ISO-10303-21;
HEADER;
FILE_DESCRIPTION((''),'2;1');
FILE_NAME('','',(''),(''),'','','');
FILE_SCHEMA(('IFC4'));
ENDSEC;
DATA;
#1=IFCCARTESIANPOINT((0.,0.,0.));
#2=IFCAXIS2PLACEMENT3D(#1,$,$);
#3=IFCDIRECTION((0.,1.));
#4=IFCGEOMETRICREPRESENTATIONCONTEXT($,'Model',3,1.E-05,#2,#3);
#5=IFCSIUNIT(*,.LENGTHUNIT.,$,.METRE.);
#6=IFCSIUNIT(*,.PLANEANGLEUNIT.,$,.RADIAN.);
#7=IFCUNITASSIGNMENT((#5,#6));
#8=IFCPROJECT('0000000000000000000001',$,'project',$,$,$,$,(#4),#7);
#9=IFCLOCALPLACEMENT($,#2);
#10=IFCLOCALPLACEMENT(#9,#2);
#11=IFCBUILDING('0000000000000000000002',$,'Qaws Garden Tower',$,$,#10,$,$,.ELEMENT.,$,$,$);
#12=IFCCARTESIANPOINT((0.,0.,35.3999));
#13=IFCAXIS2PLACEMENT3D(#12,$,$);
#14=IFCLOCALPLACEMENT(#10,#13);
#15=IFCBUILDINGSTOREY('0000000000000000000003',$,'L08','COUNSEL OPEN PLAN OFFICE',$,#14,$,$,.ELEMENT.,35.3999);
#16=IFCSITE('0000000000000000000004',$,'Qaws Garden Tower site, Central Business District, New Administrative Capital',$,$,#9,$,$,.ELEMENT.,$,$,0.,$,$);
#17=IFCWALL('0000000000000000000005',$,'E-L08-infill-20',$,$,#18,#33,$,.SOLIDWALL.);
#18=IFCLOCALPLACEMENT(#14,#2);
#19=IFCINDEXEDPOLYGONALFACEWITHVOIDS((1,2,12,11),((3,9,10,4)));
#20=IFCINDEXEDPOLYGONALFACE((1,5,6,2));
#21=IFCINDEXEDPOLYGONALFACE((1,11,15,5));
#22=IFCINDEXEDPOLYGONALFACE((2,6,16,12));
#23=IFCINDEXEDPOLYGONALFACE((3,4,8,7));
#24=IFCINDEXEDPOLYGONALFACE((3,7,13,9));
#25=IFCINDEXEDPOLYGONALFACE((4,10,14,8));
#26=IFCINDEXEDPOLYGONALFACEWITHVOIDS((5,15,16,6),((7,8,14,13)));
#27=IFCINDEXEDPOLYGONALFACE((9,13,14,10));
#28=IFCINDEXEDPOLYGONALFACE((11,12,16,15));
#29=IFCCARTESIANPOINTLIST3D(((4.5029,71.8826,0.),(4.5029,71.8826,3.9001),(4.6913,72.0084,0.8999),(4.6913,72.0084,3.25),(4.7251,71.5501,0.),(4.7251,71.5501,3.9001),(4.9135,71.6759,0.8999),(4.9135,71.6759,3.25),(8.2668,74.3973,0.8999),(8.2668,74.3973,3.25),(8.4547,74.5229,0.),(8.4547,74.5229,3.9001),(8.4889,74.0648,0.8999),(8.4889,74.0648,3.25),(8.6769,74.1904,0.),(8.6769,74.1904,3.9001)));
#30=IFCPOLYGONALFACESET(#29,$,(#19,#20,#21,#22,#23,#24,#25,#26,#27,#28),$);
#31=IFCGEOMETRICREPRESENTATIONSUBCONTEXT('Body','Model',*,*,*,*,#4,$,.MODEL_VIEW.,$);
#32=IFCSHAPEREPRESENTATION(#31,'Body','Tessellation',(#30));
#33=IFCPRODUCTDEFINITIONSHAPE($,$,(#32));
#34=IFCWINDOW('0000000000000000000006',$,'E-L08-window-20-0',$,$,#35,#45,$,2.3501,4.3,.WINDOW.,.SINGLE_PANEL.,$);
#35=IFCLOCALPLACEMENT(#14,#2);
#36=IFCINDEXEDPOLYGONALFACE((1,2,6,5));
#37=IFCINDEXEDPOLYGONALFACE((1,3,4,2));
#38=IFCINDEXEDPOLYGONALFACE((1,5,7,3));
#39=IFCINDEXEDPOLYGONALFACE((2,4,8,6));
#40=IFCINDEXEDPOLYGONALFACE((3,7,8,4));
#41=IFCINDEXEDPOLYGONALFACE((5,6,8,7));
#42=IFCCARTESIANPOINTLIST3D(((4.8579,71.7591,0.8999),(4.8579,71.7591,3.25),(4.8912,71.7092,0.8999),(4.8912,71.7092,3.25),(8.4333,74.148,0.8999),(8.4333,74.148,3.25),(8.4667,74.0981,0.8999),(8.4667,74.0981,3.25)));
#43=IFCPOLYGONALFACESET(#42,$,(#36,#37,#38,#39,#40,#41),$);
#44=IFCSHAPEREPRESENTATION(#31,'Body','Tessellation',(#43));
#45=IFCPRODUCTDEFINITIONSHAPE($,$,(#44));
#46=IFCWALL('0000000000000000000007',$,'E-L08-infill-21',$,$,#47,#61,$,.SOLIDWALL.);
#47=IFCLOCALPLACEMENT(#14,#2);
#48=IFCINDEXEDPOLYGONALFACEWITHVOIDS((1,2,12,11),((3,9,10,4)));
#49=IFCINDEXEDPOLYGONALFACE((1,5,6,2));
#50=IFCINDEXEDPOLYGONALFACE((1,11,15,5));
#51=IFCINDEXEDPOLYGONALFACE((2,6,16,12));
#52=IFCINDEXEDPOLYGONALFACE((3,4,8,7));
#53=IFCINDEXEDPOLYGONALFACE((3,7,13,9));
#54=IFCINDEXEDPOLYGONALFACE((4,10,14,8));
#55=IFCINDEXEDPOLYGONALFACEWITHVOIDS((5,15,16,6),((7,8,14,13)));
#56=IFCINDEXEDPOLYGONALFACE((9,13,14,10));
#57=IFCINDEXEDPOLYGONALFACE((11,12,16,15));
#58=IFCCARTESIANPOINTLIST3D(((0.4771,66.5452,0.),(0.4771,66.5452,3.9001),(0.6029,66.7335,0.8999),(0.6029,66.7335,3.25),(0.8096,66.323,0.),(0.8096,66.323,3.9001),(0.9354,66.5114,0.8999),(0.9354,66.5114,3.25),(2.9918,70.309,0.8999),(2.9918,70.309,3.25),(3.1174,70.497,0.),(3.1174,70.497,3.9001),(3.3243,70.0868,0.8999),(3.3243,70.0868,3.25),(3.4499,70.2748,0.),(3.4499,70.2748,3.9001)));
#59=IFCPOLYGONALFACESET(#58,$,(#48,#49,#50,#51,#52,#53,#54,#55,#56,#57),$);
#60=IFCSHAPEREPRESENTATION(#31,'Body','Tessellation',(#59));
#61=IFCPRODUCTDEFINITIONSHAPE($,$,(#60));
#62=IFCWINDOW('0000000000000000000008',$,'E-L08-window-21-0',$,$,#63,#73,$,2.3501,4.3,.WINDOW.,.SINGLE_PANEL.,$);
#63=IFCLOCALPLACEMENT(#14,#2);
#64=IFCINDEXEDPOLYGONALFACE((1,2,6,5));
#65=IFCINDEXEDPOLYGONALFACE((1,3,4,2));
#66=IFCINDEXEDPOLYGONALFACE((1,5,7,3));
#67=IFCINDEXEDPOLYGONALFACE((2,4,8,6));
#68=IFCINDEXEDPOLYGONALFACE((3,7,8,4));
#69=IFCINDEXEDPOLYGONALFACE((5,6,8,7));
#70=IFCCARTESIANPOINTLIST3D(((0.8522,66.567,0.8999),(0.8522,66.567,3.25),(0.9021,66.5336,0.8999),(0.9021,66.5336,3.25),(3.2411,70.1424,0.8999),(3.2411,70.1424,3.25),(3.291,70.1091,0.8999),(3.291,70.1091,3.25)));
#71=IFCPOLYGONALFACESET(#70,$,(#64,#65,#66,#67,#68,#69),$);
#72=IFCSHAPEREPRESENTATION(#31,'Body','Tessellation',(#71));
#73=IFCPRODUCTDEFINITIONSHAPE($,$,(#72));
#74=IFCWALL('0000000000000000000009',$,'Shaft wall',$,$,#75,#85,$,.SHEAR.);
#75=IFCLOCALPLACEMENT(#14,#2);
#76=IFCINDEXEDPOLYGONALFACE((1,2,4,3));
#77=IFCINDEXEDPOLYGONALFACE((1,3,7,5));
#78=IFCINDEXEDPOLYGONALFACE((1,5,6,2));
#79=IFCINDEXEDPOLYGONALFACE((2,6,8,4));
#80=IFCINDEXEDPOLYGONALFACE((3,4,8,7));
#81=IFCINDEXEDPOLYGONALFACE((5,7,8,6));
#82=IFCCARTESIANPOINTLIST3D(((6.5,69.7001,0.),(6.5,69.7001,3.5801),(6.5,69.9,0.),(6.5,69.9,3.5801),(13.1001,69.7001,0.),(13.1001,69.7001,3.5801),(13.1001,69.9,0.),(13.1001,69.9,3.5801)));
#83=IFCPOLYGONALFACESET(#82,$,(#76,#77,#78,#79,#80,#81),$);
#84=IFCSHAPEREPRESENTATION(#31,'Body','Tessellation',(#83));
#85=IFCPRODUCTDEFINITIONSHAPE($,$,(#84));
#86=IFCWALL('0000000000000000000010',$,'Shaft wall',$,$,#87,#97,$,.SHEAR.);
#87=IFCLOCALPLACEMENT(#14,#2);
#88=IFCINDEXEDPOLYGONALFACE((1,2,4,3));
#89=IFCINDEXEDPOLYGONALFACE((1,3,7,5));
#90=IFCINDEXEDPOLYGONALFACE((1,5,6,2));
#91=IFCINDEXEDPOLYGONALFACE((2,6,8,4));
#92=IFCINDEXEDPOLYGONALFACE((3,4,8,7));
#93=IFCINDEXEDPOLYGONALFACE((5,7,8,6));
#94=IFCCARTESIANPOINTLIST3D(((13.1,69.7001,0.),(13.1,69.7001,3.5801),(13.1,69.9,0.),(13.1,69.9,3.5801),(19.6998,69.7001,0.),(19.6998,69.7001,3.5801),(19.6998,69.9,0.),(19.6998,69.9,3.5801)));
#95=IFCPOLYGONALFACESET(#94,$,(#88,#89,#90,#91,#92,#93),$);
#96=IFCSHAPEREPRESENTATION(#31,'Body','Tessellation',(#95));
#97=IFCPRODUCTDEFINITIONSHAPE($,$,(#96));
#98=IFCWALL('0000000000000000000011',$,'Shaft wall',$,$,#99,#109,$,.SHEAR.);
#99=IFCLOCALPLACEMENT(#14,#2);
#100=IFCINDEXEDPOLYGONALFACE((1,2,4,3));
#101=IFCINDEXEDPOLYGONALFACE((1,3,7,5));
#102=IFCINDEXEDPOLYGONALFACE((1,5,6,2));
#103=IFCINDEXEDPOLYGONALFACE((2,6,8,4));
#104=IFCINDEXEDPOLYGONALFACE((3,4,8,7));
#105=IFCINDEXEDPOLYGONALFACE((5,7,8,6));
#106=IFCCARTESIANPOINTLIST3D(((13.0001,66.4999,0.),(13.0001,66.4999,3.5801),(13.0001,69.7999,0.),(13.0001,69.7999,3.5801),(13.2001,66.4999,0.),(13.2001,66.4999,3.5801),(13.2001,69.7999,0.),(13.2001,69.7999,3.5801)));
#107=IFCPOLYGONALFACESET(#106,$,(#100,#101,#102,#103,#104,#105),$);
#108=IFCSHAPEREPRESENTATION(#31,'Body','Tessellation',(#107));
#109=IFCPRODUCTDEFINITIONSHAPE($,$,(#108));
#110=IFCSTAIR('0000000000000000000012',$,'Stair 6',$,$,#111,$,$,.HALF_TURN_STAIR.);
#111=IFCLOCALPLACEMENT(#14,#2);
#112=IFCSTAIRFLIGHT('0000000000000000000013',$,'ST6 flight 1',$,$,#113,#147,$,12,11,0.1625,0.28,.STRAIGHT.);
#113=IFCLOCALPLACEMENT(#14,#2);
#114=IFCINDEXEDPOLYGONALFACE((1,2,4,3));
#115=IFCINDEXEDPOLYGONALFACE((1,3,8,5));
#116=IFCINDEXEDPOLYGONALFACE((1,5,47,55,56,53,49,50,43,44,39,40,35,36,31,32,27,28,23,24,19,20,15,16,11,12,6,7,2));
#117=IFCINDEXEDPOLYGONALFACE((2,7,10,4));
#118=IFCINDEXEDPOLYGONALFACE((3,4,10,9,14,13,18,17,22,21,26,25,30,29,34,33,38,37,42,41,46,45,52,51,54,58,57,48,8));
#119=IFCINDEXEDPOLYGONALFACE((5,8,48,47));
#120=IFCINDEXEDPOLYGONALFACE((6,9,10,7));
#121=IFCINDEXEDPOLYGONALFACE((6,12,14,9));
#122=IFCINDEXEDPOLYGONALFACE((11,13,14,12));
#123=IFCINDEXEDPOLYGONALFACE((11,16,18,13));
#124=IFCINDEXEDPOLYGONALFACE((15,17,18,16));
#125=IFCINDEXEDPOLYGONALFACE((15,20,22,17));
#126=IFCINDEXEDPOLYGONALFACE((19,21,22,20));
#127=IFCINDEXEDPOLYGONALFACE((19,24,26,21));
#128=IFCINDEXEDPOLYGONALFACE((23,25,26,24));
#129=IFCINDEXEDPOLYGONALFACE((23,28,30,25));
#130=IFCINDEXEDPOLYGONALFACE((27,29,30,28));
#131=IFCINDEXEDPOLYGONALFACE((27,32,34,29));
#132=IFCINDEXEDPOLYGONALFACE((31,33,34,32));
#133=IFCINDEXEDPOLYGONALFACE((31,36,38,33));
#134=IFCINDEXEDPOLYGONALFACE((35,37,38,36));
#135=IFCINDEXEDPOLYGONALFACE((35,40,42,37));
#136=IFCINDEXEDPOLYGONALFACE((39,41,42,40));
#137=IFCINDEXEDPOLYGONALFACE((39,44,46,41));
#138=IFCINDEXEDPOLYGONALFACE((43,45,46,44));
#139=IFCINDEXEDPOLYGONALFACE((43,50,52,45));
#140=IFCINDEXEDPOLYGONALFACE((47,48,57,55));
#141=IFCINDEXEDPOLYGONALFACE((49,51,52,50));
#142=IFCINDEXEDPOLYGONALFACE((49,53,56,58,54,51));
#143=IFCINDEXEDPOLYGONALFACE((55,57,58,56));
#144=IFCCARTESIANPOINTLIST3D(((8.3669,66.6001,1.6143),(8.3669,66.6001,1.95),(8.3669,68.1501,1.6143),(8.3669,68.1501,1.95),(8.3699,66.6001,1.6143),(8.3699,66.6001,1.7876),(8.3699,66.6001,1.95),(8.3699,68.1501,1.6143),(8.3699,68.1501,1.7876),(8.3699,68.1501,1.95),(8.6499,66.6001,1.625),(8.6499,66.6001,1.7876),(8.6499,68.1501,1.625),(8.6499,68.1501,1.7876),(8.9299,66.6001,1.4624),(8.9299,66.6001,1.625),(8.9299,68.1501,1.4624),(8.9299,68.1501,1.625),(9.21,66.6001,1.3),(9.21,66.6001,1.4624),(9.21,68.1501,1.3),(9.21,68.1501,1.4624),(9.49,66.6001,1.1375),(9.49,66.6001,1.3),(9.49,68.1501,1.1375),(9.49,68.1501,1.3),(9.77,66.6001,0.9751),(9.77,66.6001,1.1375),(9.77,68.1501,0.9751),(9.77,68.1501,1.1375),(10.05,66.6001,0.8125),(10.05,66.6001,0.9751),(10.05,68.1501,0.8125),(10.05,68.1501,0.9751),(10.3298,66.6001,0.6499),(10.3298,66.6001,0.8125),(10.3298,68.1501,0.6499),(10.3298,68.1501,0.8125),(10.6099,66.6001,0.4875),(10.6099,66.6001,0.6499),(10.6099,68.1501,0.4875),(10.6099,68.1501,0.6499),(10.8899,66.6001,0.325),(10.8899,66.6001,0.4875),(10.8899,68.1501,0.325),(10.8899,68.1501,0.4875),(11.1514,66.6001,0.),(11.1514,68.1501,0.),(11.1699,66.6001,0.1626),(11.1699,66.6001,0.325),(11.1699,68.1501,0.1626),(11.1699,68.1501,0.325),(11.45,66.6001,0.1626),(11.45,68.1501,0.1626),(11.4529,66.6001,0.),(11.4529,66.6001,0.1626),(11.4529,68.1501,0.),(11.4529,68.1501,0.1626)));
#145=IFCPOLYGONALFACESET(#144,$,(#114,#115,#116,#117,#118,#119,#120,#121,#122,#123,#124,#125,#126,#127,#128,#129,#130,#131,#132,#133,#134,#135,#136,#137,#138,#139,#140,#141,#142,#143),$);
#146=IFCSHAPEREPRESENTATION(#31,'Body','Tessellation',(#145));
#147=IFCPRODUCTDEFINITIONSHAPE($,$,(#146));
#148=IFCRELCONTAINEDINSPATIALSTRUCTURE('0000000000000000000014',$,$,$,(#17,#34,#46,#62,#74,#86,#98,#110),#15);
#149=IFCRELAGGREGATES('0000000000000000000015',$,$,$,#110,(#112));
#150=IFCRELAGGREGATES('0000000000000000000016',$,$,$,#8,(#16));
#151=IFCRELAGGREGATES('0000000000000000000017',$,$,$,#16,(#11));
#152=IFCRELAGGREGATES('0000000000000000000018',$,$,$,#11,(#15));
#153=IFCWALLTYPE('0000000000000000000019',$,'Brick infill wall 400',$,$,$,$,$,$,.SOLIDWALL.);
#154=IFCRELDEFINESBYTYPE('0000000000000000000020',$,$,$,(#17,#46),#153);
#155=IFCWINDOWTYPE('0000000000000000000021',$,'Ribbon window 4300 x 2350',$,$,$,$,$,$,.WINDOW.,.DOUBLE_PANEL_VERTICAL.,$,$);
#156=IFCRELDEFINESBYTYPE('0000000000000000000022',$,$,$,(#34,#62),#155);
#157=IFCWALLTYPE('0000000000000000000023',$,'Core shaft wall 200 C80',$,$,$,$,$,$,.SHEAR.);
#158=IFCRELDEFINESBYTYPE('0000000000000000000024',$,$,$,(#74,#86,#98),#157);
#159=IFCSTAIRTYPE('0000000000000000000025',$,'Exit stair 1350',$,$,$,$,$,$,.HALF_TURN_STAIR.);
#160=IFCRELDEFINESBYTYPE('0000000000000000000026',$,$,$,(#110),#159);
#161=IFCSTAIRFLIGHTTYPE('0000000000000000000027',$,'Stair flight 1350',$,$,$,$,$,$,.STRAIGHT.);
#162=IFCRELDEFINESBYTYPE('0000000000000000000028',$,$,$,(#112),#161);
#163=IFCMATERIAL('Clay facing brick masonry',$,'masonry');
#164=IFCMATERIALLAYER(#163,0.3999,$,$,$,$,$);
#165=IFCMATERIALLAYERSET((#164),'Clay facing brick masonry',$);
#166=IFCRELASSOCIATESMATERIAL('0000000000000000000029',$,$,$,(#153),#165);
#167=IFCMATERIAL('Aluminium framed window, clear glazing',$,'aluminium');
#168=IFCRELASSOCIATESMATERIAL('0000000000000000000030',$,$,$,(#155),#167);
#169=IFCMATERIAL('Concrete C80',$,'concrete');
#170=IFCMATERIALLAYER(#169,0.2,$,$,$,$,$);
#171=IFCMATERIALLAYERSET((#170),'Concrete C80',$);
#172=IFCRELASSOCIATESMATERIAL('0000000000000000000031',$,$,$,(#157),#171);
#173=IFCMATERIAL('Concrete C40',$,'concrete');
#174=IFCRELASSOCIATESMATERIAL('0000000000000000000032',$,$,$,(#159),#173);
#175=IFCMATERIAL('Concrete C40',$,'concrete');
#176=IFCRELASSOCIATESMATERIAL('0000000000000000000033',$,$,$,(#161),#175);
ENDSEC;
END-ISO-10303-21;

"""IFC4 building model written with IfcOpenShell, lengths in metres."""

from ifc_helpers import new_model, si_unit, direction, frame, frame_2d, origin, place, context, subcontext, project, spatial, polyline, rectangle, outline, extrude, material, layer, layer_set, type_object, element, fill, aggregate, save


model = new_model("IFC4")

# Units and contexts
model_context = context("Model", 3, precision=1e-05, world=origin(), true_north=direction((0.0, 1.0)))
body_context = subcontext(model_context, "Body", "Model", "MODEL_VIEW")
ifc_project = project(units=[si_unit("LENGTHUNIT", "METRE"), si_unit("PLANEANGLEUNIT", "RADIAN")], contexts=[model_context])

# Site, building, storey
site_placement = place(None, origin())
site = spatial("IfcSite", under=ifc_project, at=site_placement, Name="Qaws Garden Tower site, Central Business District, New Administrative Capital", CompositionType="ELEMENT", RefElevation=0.0)
building_placement = place(site_placement, origin())
building = spatial("IfcBuilding", under=site, at=building_placement, Name="Qaws Garden Tower", CompositionType="ELEMENT")
storey_placement = place(building_placement, frame((0.0, 0.0, 35.3999)))
storey = spatial("IfcBuildingStorey", under=building, at=storey_placement, Name="L08", Description="COUNSEL OPEN PLAN OFFICE", CompositionType="ELEMENT", Elevation=35.3999)

# Walls, openings, windows
ifc_material_1 = material(Name="Clay facing brick masonry", Category="masonry")
ifc_layer_1 = layer(ifc_material_1, 0.3999)
ifc_layer_set_1 = layer_set([ifc_layer_1], Name="Clay facing brick masonry")
wall_type_1 = type_object("IfcWallType", Name="Brick infill wall 400", PredefinedType="SOLIDWALL", material=ifc_layer_set_1)
ifc_material_2 = material(Name="Aluminium framed window, clear glazing", Category="aluminium")
window_type = type_object("IfcWindowType", Name="Ribbon window 4300 x 2350", PartitioningType="DOUBLE_PANEL_VERTICAL", PredefinedType="WINDOW", material=ifc_material_2)
wall_1_placement = place(storey_placement, frame((8.5659, 74.3567, 0.0), z_axis=(0.0, 0.0, 1.0), x_axis=(-0.831489, -0.555542, 0.0)))
wall_1 = element("IfcWall", 1, at=wall_1_placement, inside=storey, type_object=wall_type_1, Name="E-L08-infill-20", PredefinedType="SOLIDWALL", context=body_context, shape_type="SweptSolid", body=[
    extrude(rectangle(XDim=4.7527, YDim=0.3999, at=frame_2d((2.3765, 0.0))), origin(), (0.0, 0.0, 1.0), 3.9001),
])
opening_1_placement = place(wall_1_placement, frame((0.2263, 0.0, 0.8999)))
opening_1 = element("IfcOpeningElement", 2, at=opening_1_placement, cuts=wall_1, PredefinedType="OPENING", context=body_context, shape_type="SweptSolid", body=[
    extrude(rectangle(XDim=4.3, YDim=2.3501, at=frame_2d((2.1499, 1.175))), frame((0.0, 0.21, 0.0), z_axis=(0.0, -1.0, 0.0), x_axis=(1.0, 0.0, 0.0)), (0.0, 0.0, 1.0), 0.4199),
])
window_1_placement = place(opening_1_placement, origin())
window_1 = element("IfcWindow", 3, at=window_1_placement, inside=storey, type_object=window_type, Name="E-L08-window-20-0", OverallHeight=2.3501, OverallWidth=4.3, PartitioningType="SINGLE_PANEL", PredefinedType="WINDOW", context=body_context, shape_type="SweptSolid", body=[
    extrude(rectangle(XDim=4.3, YDim=2.3501, at=frame_2d((2.1499, 1.175))), frame((0.0, 0.1599, 0.0), z_axis=(0.0, -1.0, 0.0), x_axis=(1.0, 0.0, 0.0)), (0.0, 0.0, 1.0), 0.0601),
])
fill(opening_1, window_1)
wall_2_placement = place(storey_placement, frame((3.2837, 70.386, 0.0), z_axis=(0.0, 0.0, 1.0), x_axis=(-0.555542, -0.831489, 0.0)))
wall_2 = element("IfcWall", 4, at=wall_2_placement, inside=storey, type_object=wall_type_1, Name="E-L08-infill-21", PredefinedType="SOLIDWALL", context=body_context, shape_type="SweptSolid", body=[
    extrude(rectangle(XDim=4.7527, YDim=0.3999, at=frame_2d((2.3765, 0.0))), origin(), (0.0, 0.0, 1.0), 3.9001),
])
opening_2_placement = place(wall_2_placement, frame((0.2263, 0.0, 0.8999)))
opening_2 = element("IfcOpeningElement", 5, at=opening_2_placement, cuts=wall_2, PredefinedType="OPENING", context=body_context, shape_type="SweptSolid", body=[
    extrude(rectangle(XDim=4.3, YDim=2.3501, at=frame_2d((2.1499, 1.175))), frame((0.0, 0.21, 0.0), z_axis=(0.0, -1.0, 0.0), x_axis=(1.0, 0.0, 0.0)), (0.0, 0.0, 1.0), 0.4199),
])
window_2_placement = place(opening_2_placement, origin())
window_2 = element("IfcWindow", 6, at=window_2_placement, inside=storey, type_object=window_type, Name="E-L08-window-21-0", OverallHeight=2.3501, OverallWidth=4.3, PartitioningType="SINGLE_PANEL", PredefinedType="WINDOW", context=body_context, shape_type="SweptSolid", body=[
    extrude(rectangle(XDim=4.3, YDim=2.3501, at=frame_2d((2.1499, 1.175))), frame((0.0, 0.1599, 0.0), z_axis=(0.0, -1.0, 0.0), x_axis=(1.0, 0.0, 0.0)), (0.0, 0.0, 1.0), 0.0601),
])
fill(opening_2, window_2)

# Walls
ifc_material_3 = material(Name="Concrete C80", Category="concrete")
ifc_layer_2 = layer(ifc_material_3, 0.2)
ifc_layer_set_2 = layer_set([ifc_layer_2], Name="Concrete C80")
wall_type_2 = type_object("IfcWallType", Name="Core shaft wall 200 C80", PredefinedType="SHEAR", material=ifc_layer_set_2)
wall_3_placement = place(storey_placement, frame((6.5, 69.8, 0.0), z_axis=(0.0, 0.0, 1.0), x_axis=(1.0, 0.0, 0.0)))
element("IfcWall", 7, at=wall_3_placement, inside=storey, type_object=wall_type_2, Name="Shaft wall", PredefinedType="SHEAR", context=body_context, shape_type="SweptSolid", body=[
    extrude(rectangle(XDim=6.6001, YDim=0.2, at=frame_2d((3.3, 0.0))), origin(), (0.0, 0.0, 1.0), 3.5801),
])
wall_4_placement = place(storey_placement, frame((13.1001, 69.8, 0.0), z_axis=(0.0, 0.0, 1.0), x_axis=(1.0, 0.0, 0.0)))
element("IfcWall", 8, at=wall_4_placement, inside=storey, type_object=wall_type_2, Name="Shaft wall", PredefinedType="SHEAR", context=body_context, shape_type="SweptSolid", body=[
    extrude(rectangle(XDim=6.5999, YDim=0.2, at=frame_2d((3.2998, 0.0))), origin(), (0.0, 0.0, 1.0), 3.5801),
])
wall_5_placement = place(storey_placement, frame((13.1001, 66.5, 0.0), z_axis=(0.0, 0.0, 1.0), x_axis=(0.0, 1.0, 0.0)))
element("IfcWall", 9, at=wall_5_placement, inside=storey, type_object=wall_type_2, Name="Shaft wall", PredefinedType="SHEAR", context=body_context, shape_type="SweptSolid", body=[
    extrude(rectangle(XDim=3.3, YDim=0.2, at=frame_2d((1.6499, 0.0))), origin(), (0.0, 0.0, 1.0), 3.5801),
])

# Stair, stair flight
ifc_material_4 = material(Name="Concrete C40", Category="concrete")
stair_type = type_object("IfcStairType", Name="Exit stair 1350", PredefinedType="HALF_TURN_STAIR", material=ifc_material_4)
placement = place(storey_placement, origin())
stair_1 = element("IfcStair", 10, at=placement, inside=storey, type_object=stair_type, Name="Stair 6", PredefinedType="HALF_TURN_STAIR")
ifc_material_5 = material(Name="Concrete C40", Category="concrete")
stair_flight_type = type_object("IfcStairFlightType", Name="Stair flight 1350", PredefinedType="STRAIGHT", material=ifc_material_5)
stair_flight_1_placement = place(storey_placement, frame((11.45, 67.375, 0.0), z_axis=(0.0, 0.0, 1.0), x_axis=(-1.0, 0.0, 0.0)))
stair_flight_1 = element("IfcStairFlight", 11, at=stair_flight_1_placement, type_object=stair_flight_type, Name="ST6 flight 1", NumberOfRisers=12, NumberOfTreads=11, PredefinedType="STRAIGHT", RiserHeight=0.1625, TreadLength=0.28, context=body_context, shape_type="SweptSolid", body=[
    extrude(outline(polyline([(-0.0029, 0.0), (-0.0029, 0.1626), (0.0, 0.1626), (0.28, 0.1626), (0.28, 0.325), (0.5601, 0.325), (0.5601, 0.4875), (0.8401, 0.4875), (0.8401, 0.6499), (1.1201, 0.6499), (1.1201, 0.8125), (1.3999, 0.8125), (1.3999, 0.9751), (1.6799, 0.9751), (1.6799, 1.1375), (1.96, 1.1375), (1.96, 1.3), (2.24, 1.3), (2.24, 1.4624), (2.52, 1.4624), (2.52, 1.625), (2.8, 1.625), (2.8, 1.7876), (3.0801, 1.7876), (3.0801, 1.95), (3.083, 1.95), (3.083, 1.6143), (3.0801, 1.6143), (0.2986, 0.0), (-0.0029, 0.0)])), frame((0.0, 0.7749, 0.0), z_axis=(0.0, -1.0, 0.0), x_axis=(1.0, 0.0, 0.0)), (0.0, 0.0, 1.0), 1.55),
])
aggregate(stair_1, [stair_flight_1])

save(model, "model.ifc")
